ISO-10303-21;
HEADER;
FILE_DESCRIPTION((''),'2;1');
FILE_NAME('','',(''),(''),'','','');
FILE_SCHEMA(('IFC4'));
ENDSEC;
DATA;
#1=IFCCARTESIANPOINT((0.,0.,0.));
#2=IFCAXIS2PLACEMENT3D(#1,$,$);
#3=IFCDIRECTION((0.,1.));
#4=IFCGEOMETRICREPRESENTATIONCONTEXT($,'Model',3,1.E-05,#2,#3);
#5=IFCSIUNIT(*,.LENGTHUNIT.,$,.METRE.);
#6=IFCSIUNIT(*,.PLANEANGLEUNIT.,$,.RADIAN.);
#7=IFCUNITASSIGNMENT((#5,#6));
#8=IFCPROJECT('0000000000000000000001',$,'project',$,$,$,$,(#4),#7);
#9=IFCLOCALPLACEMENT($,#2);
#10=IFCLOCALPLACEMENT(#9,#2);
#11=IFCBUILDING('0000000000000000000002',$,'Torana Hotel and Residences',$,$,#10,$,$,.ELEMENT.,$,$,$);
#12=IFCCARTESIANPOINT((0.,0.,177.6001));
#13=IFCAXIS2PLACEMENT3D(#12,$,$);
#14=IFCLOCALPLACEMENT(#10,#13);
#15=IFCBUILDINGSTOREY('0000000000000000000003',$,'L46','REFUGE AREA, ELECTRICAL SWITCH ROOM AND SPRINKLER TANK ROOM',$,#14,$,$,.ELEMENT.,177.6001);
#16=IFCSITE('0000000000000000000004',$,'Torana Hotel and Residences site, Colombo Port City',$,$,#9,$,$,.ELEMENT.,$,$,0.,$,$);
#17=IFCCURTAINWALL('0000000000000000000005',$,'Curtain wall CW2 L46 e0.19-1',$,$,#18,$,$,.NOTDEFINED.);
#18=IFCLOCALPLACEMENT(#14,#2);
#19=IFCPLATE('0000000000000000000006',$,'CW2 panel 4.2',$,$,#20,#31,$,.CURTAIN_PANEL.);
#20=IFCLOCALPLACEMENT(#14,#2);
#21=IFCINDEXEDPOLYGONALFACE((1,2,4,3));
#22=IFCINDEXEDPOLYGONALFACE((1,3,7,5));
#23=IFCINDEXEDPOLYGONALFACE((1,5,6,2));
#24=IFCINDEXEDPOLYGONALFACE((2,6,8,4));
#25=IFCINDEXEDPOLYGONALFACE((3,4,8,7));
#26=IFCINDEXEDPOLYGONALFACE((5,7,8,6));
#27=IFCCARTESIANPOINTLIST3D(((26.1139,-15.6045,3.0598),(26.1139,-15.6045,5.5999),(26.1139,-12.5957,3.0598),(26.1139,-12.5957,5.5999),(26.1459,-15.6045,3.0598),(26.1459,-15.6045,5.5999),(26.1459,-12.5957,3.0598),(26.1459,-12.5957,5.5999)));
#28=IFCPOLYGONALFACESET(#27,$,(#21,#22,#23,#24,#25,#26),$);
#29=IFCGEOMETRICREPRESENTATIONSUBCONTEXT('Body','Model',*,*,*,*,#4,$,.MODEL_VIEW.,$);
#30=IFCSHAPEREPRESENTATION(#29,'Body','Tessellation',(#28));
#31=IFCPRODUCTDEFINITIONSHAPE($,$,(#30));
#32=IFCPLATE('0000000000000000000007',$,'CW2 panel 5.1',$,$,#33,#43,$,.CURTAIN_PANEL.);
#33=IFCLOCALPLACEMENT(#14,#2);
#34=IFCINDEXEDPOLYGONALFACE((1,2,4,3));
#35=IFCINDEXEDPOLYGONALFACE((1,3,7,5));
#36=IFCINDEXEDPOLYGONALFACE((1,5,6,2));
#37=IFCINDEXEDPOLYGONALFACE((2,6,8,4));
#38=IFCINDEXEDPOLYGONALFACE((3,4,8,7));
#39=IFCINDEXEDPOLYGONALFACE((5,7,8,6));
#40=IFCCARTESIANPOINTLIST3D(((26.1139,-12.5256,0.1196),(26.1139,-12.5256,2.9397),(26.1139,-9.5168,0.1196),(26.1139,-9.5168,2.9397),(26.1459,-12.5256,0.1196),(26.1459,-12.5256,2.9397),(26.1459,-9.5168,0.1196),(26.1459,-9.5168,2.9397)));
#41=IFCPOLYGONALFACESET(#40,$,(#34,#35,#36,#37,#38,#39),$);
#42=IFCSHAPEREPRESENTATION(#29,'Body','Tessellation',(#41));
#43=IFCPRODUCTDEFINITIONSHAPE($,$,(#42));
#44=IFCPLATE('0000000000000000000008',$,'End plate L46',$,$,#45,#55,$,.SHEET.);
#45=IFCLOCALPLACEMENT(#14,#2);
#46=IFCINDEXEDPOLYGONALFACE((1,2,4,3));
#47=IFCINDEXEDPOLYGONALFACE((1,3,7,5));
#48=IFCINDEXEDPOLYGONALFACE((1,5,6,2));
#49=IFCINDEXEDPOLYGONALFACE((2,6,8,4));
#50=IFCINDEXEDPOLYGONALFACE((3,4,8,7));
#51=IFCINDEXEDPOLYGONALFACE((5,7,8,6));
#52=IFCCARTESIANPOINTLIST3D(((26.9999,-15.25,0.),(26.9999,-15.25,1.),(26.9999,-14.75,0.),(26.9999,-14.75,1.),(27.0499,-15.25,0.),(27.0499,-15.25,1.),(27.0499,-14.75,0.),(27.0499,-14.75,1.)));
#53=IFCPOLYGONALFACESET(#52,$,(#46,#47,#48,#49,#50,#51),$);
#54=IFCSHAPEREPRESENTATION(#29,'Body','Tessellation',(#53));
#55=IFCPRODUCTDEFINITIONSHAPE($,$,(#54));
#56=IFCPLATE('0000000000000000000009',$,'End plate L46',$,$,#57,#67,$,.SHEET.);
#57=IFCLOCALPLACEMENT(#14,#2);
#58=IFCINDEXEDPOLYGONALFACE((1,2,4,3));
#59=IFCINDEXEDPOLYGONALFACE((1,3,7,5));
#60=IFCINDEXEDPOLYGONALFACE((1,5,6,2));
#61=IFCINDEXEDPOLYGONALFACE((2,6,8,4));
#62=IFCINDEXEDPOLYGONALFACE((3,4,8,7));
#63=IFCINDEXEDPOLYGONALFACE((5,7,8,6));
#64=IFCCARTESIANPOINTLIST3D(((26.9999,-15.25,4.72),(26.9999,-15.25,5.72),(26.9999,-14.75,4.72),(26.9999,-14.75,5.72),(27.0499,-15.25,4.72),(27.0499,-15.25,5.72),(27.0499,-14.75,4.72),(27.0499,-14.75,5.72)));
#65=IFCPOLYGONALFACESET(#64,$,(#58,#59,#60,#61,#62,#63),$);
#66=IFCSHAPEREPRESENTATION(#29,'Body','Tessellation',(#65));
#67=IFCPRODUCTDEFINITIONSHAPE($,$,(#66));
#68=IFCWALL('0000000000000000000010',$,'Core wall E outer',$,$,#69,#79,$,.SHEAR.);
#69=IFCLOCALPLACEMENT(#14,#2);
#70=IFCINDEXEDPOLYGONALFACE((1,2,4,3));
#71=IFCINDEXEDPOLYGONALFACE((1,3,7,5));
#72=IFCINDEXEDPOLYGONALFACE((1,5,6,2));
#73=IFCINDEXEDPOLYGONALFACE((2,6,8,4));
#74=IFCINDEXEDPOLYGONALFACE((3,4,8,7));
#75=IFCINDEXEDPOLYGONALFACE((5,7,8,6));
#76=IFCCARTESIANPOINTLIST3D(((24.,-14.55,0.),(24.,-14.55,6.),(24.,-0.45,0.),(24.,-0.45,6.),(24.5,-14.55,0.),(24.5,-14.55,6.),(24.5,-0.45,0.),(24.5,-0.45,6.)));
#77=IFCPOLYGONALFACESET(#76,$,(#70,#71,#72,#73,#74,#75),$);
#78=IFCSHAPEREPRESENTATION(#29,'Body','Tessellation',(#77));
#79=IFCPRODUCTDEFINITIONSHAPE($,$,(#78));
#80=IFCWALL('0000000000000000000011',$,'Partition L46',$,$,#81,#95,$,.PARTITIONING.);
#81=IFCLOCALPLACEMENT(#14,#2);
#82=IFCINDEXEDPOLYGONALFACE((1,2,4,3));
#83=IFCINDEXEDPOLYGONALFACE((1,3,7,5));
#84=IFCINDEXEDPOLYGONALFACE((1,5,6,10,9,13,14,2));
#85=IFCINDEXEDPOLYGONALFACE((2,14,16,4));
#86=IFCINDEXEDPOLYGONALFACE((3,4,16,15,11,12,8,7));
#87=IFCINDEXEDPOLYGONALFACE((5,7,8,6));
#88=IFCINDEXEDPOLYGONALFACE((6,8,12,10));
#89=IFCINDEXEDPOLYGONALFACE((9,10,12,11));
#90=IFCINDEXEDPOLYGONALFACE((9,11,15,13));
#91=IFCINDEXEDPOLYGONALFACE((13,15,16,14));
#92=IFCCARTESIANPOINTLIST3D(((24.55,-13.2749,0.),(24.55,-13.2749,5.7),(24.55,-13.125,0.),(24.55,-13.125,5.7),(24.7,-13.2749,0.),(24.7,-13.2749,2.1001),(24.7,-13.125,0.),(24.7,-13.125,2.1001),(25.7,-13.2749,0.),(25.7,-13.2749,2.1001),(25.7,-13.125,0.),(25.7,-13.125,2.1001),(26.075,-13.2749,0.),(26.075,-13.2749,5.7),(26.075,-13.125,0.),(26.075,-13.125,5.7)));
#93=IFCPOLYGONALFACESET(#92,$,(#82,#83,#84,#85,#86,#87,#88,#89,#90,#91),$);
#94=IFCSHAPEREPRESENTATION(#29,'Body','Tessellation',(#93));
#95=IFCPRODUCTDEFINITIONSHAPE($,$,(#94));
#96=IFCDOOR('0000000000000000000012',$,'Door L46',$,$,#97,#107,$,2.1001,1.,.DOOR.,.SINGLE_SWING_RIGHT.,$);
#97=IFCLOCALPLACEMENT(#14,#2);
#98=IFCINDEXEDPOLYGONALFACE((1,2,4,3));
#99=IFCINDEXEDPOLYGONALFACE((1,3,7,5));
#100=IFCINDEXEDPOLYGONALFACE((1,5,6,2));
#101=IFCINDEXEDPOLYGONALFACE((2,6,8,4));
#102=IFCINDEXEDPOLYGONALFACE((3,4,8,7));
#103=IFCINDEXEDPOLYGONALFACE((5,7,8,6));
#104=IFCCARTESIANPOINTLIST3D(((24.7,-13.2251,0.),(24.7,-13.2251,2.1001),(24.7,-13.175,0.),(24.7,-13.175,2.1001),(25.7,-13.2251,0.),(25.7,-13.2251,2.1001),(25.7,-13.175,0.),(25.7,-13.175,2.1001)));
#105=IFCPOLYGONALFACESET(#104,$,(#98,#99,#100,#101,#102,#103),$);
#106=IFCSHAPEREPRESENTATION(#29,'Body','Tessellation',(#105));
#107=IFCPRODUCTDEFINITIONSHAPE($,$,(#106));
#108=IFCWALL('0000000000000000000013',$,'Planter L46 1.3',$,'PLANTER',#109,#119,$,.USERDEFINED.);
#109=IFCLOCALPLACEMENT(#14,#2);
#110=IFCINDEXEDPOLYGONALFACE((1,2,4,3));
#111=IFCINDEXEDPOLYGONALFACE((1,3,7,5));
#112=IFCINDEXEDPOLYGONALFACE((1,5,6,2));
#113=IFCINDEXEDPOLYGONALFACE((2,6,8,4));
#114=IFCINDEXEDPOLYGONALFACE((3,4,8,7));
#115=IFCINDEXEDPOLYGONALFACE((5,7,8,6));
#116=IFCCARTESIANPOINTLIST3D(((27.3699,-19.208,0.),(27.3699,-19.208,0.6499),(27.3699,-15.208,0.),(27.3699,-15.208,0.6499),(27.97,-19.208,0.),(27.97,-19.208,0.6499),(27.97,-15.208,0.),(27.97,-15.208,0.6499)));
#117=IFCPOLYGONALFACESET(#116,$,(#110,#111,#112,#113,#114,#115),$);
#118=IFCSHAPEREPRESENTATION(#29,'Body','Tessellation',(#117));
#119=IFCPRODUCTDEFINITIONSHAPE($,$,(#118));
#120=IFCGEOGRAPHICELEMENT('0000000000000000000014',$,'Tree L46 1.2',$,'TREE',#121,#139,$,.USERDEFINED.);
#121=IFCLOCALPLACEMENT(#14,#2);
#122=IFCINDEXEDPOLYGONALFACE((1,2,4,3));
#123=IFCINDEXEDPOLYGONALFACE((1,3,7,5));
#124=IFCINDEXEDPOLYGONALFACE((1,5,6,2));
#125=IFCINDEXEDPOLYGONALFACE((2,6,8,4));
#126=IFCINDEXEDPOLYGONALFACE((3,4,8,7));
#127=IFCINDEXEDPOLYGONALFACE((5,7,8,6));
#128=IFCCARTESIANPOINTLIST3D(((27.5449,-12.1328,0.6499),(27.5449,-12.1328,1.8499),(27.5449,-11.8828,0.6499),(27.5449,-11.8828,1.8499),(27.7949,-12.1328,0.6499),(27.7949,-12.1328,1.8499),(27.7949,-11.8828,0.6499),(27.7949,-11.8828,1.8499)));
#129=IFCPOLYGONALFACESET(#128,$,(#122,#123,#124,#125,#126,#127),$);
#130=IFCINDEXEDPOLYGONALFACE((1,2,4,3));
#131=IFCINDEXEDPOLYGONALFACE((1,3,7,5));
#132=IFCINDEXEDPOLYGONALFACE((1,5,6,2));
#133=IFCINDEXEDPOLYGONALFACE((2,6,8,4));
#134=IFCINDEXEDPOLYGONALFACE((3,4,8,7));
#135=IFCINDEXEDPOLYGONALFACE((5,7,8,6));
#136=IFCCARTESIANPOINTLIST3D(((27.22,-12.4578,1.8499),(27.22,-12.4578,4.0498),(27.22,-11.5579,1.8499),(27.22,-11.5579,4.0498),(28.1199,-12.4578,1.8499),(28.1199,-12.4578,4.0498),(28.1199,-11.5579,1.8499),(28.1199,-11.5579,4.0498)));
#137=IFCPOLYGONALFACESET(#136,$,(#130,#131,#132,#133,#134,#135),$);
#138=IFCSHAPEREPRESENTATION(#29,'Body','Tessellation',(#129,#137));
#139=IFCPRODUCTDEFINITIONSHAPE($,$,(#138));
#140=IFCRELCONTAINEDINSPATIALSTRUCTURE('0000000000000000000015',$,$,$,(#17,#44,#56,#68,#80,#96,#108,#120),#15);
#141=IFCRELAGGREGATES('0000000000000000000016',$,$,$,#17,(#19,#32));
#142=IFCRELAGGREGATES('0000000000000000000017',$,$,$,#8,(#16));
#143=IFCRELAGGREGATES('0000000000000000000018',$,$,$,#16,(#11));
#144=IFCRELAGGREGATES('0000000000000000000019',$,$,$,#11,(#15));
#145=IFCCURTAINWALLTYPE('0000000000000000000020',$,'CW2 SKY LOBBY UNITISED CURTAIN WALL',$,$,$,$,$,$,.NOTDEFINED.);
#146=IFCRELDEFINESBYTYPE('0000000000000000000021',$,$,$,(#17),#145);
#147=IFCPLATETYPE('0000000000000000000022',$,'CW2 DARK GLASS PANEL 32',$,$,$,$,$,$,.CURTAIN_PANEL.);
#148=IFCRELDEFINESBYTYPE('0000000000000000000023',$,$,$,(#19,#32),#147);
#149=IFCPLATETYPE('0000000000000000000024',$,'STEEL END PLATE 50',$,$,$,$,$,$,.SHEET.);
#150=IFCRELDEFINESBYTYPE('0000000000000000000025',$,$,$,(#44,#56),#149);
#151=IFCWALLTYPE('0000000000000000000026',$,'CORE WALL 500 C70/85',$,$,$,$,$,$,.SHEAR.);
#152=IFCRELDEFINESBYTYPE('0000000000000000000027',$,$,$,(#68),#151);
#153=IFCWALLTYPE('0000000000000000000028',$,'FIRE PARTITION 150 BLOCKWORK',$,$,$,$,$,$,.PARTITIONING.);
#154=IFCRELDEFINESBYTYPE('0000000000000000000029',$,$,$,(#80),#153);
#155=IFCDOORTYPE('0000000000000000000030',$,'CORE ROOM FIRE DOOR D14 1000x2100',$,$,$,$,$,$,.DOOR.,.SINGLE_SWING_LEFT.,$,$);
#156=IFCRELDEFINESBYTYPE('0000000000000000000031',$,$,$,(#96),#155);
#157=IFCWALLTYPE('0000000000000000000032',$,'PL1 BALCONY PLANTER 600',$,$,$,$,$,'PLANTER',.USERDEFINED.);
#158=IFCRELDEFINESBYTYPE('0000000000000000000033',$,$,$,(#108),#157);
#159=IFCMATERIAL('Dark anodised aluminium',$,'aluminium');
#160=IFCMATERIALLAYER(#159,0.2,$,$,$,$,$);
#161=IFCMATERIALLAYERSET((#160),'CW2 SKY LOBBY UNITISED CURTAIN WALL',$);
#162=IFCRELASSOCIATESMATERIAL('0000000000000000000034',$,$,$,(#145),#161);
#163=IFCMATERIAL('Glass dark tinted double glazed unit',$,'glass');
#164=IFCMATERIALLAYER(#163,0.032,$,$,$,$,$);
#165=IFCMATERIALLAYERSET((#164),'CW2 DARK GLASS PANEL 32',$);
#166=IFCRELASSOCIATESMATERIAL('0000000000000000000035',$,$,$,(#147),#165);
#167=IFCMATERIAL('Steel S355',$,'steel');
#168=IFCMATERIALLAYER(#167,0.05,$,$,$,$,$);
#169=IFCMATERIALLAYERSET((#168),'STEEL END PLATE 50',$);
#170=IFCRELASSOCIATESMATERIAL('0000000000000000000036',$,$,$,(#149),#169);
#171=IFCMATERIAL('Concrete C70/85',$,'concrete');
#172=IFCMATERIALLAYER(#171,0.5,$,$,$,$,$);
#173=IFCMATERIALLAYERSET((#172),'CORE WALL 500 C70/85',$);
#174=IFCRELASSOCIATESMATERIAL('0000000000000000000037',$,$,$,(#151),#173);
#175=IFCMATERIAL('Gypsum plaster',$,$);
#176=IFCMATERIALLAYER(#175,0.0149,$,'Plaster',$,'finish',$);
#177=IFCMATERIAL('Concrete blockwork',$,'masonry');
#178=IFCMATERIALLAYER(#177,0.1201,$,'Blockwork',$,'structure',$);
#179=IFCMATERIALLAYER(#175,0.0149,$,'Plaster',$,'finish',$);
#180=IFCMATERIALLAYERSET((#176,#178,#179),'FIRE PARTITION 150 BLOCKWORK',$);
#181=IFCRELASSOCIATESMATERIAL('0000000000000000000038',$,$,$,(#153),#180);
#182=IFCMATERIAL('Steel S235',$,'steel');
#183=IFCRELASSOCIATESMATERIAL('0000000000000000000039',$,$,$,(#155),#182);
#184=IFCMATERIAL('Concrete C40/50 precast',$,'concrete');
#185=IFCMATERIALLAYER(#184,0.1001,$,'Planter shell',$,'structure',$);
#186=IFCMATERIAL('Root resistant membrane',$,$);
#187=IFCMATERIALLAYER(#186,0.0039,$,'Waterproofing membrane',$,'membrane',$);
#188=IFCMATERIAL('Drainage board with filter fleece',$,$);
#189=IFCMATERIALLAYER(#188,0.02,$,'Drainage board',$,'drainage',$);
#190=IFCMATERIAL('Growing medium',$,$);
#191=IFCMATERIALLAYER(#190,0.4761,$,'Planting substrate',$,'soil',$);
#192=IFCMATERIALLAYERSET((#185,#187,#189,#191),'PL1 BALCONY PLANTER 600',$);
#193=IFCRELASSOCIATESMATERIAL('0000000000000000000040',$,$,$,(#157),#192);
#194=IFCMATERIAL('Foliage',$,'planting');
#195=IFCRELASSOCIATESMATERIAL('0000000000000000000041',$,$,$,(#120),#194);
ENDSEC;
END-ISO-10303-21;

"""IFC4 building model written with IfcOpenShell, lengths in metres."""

from ifc_helpers import new_model, si_unit, direction, frame, frame_2d, origin, origin_2d, place, context, subcontext, project, spatial, rectangle, extrude, material, layer, layer_set, type_object, element, fill, aggregate, save


model = new_model("IFC4")

# Units and contexts
model_context = context("Model", 3, precision=1e-05, world=origin(), true_north=direction((0.0, 1.0)))
body_context = subcontext(model_context, "Body", "Model", "MODEL_VIEW")
ifc_project = project(units=[si_unit("LENGTHUNIT", "METRE"), si_unit("PLANEANGLEUNIT", "RADIAN")], contexts=[model_context])

# Site, building, storey
site_placement = place(None, origin())
site = spatial("IfcSite", under=ifc_project, at=site_placement, Name="Torana Hotel and Residences site, Colombo Port City", CompositionType="ELEMENT", RefElevation=0.0)
building_placement = place(site_placement, origin())
building = spatial("IfcBuilding", under=site, at=building_placement, Name="Torana Hotel and Residences", CompositionType="ELEMENT")
storey_placement = place(building_placement, frame((0.0, 0.0, 177.6001)))
storey = spatial("IfcBuildingStorey", under=building, at=storey_placement, Name="L46", Description="REFUGE AREA, ELECTRICAL SWITCH ROOM AND SPRINKLER TANK ROOM", CompositionType="ELEMENT", Elevation=177.6001)

# Curtain wall
ifc_material_1 = material(Name="Dark anodised aluminium", Category="aluminium")
ifc_layer_1 = layer(ifc_material_1, 0.2)
ifc_layer_set_1 = layer_set([ifc_layer_1], Name="CW2 SKY LOBBY UNITISED CURTAIN WALL")
curtain_wall_type = type_object("IfcCurtainWallType", Name="CW2 SKY LOBBY UNITISED CURTAIN WALL", PredefinedType="NOTDEFINED", material=ifc_layer_set_1)
curtain_wall_placement = place(storey_placement, origin())
curtain_wall = element("IfcCurtainWall", 1, at=curtain_wall_placement, inside=storey, type_object=curtain_wall_type, Name="Curtain wall CW2 L46 e0.19-1", PredefinedType="NOTDEFINED")

# Plates
ifc_material_2 = material(Name="Glass dark tinted double glazed unit", Category="glass")
ifc_layer_2 = layer(ifc_material_2, 0.032)
ifc_layer_set_2 = layer_set([ifc_layer_2], Name="CW2 DARK GLASS PANEL 32")
plate_type_1 = type_object("IfcPlateType", Name="CW2 DARK GLASS PANEL 32", PredefinedType="CURTAIN_PANEL", material=ifc_layer_set_2)
plate_1_placement = place(storey_placement, frame((26.1299, -14.1001, 3.0598), z_axis=(0.0, 0.0, 1.0), x_axis=(0.0, 1.0, 0.0)))
plate_1 = element("IfcPlate", 2, at=plate_1_placement, type_object=plate_type_1, Name="CW2 panel 4.2", PredefinedType="CURTAIN_PANEL", context=body_context, shape_type="SweptSolid", body=[
    extrude(rectangle(XDim=3.0088, YDim=0.032, at=origin_2d()), origin(), (0.0, 0.0, 1.0), 2.54),
])
plate_2_placement = place(storey_placement, frame((26.1299, -11.0212, 0.1196), z_axis=(0.0, 0.0, 1.0), x_axis=(0.0, 1.0, 0.0)))
plate_2 = element("IfcPlate", 3, at=plate_2_placement, type_object=plate_type_1, Name="CW2 panel 5.1", PredefinedType="CURTAIN_PANEL", context=body_context, shape_type="SweptSolid", body=[
    extrude(rectangle(XDim=3.0088, YDim=0.032, at=origin_2d()), origin(), (0.0, 0.0, 1.0), 2.8201),
])
aggregate(curtain_wall, [plate_1, plate_2])

# Plates
ifc_material_3 = material(Name="Steel S355", Category="steel")
ifc_layer_3 = layer(ifc_material_3, 0.05)
ifc_layer_set_3 = layer_set([ifc_layer_3], Name="STEEL END PLATE 50")
plate_type_2 = type_object("IfcPlateType", Name="STEEL END PLATE 50", PredefinedType="SHEET", material=ifc_layer_set_3)
for number, where, z_axis, x_axis, name in (
    (4, (27.0249, -15.0, 0.0), (0.0, 0.0, 1.0), (1.0, 0.0, 0.0), "End plate L46"),
    (5, (27.0249, -15.0, 4.72), (0.0, 0.0, 1.0), (1.0, 0.0, 0.0), "End plate L46"),
):
    element("IfcPlate", number, at=place(storey_placement, frame(where, z_axis=z_axis, x_axis=x_axis)), inside=storey, type_object=plate_type_2, Name=name, PredefinedType="SHEET", context=body_context, shape_type="SweptSolid", body=[
        extrude(rectangle(XDim=0.05, YDim=0.5, at=origin_2d()), origin(), (0.0, 0.0, 1.0), 1.0),
    ])

# Wall
ifc_material_4 = material(Name="Concrete C70/85", Category="concrete")
ifc_layer_4 = layer(ifc_material_4, 0.5)
ifc_layer_set_4 = layer_set([ifc_layer_4], Name="CORE WALL 500 C70/85")
wall_type_1 = type_object("IfcWallType", Name="CORE WALL 500 C70/85", PredefinedType="SHEAR", material=ifc_layer_set_4)
wall_1_placement = place(storey_placement, frame((24.25, -14.55, 0.0), z_axis=(0.0, 0.0, 1.0), x_axis=(0.0, 1.0, 0.0)))
element("IfcWall", 6, at=wall_1_placement, inside=storey, type_object=wall_type_1, Name="Core wall E outer", PredefinedType="SHEAR", context=body_context, shape_type="SweptSolid", body=[
    extrude(rectangle(XDim=14.1001, YDim=0.5, at=frame_2d((7.05, 0.0))), origin(), (0.0, 0.0, 1.0), 6.0),
])

# Wall, opening, door
ifc_material_5 = material(Name="Gypsum plaster")
ifc_layer_5 = layer(ifc_material_5, 0.0149, Name="Plaster", Category="finish")
ifc_material_6 = material(Name="Concrete blockwork", Category="masonry")
ifc_layer_6 = layer(ifc_material_6, 0.1201, Name="Blockwork", Category="structure")
ifc_layer_7 = layer(ifc_material_5, 0.0149, Name="Plaster", Category="finish")
ifc_layer_set_5 = layer_set([ifc_layer_5, ifc_layer_6, ifc_layer_7], Name="FIRE PARTITION 150 BLOCKWORK")
wall_type_2 = type_object("IfcWallType", Name="FIRE PARTITION 150 BLOCKWORK", PredefinedType="PARTITIONING", material=ifc_layer_set_5)
wall_2_placement = place(storey_placement, frame((24.55, -13.2, 0.0), z_axis=(0.0, 0.0, 1.0), x_axis=(1.0, 0.0, 0.0)))
wall_2 = element("IfcWall", 7, at=wall_2_placement, inside=storey, type_object=wall_type_2, Name="Partition L46", PredefinedType="PARTITIONING", context=body_context, shape_type="SweptSolid", body=[
    extrude(rectangle(XDim=1.5249, YDim=0.1499, at=frame_2d((0.7625, 0.0))), origin(), (0.0, 0.0, 1.0), 5.7),
])
opening_placement = place(wall_2_placement, frame((0.1499, 0.0, 0.0)))
opening = element("IfcOpeningElement", 8, at=opening_placement, cuts=wall_2, PredefinedType="OPENING", context=body_context, shape_type="SweptSolid", body=[
    extrude(rectangle(XDim=1.0, YDim=2.1001, at=frame_2d((0.5, 1.05))), frame((0.0, 0.085, 0.0), z_axis=(0.0, -1.0, 0.0), x_axis=(1.0, 0.0, 0.0)), (0.0, 0.0, 1.0), 0.1699),
])
ifc_material_7 = material(Name="Steel S235", Category="steel")
door_type = type_object("IfcDoorType", Name="CORE ROOM FIRE DOOR D14 1000x2100", OperationType="SINGLE_SWING_LEFT", PredefinedType="DOOR", material=ifc_material_7)
door_placement = place(opening_placement, origin())
door = element("IfcDoor", 9, at=door_placement, inside=storey, type_object=door_type, Name="Door L46", OperationType="SINGLE_SWING_RIGHT", OverallHeight=2.1001, OverallWidth=1.0, PredefinedType="DOOR", context=body_context, shape_type="SweptSolid", body=[
    extrude(rectangle(XDim=1.0, YDim=2.1001, at=frame_2d((0.5, 1.05))), frame((0.0, 0.0249, 0.0), z_axis=(0.0, -1.0, 0.0), x_axis=(1.0, 0.0, 0.0)), (0.0, 0.0, 1.0), 0.05),
])
fill(opening, door)

# Wall
ifc_material_8 = material(Name="Concrete C40/50 precast", Category="concrete")
ifc_layer_8 = layer(ifc_material_8, 0.1001, Name="Planter shell", Category="structure")
ifc_material_9 = material(Name="Root resistant membrane")
ifc_layer_9 = layer(ifc_material_9, 0.0039, Name="Waterproofing membrane", Category="membrane")
ifc_material_10 = material(Name="Drainage board with filter fleece")
ifc_layer_10 = layer(ifc_material_10, 0.02, Name="Drainage board", Category="drainage")
ifc_material_11 = material(Name="Growing medium")
ifc_layer_11 = layer(ifc_material_11, 0.4761, Name="Planting substrate", Category="soil")
ifc_layer_set_6 = layer_set([ifc_layer_8, ifc_layer_9, ifc_layer_10, ifc_layer_11], Name="PL1 BALCONY PLANTER 600")
wall_type_3 = type_object("IfcWallType", Name="PL1 BALCONY PLANTER 600", ElementType="PLANTER", PredefinedType="USERDEFINED", material=ifc_layer_set_6)
wall_3_placement = place(storey_placement, frame((27.6699, -15.208, 0.0), z_axis=(0.0, 0.0, 1.0), x_axis=(0.0, -1.0, 0.0)))
element("IfcWall", 10, at=wall_3_placement, inside=storey, type_object=wall_type_3, Name="Planter L46 1.3", ObjectType="PLANTER", PredefinedType="USERDEFINED", context=body_context, shape_type="SweptSolid", body=[
    extrude(rectangle(XDim=4.0, YDim=0.6001, at=frame_2d((2.0, 0.0))), origin(), (0.0, 0.0, 1.0), 0.6499),
])

# Geographic element
ifc_material_12 = material(Name="Foliage", Category="planting")
geographic_element_placement = place(storey_placement, frame((27.6699, -12.0078, 0.6499), z_axis=(0.0, 0.0, 1.0), x_axis=(1.0, 0.0, 0.0)))
element("IfcGeographicElement", 11, at=geographic_element_placement, inside=storey, material=ifc_material_12, Name="Tree L46 1.2", ObjectType="TREE", PredefinedType="USERDEFINED", context=body_context, shape_type="SweptSolid", body=[
    extrude(rectangle(XDim=0.25, YDim=0.25, at=origin_2d()), origin(), (0.0, 0.0, 1.0), 1.2),
    extrude(rectangle(XDim=0.8999, YDim=0.8999, at=origin_2d()), frame((0.0, 0.0, 1.2)), (0.0, 0.0, 1.0), 2.2),
])

save(model, "model.ifc")
